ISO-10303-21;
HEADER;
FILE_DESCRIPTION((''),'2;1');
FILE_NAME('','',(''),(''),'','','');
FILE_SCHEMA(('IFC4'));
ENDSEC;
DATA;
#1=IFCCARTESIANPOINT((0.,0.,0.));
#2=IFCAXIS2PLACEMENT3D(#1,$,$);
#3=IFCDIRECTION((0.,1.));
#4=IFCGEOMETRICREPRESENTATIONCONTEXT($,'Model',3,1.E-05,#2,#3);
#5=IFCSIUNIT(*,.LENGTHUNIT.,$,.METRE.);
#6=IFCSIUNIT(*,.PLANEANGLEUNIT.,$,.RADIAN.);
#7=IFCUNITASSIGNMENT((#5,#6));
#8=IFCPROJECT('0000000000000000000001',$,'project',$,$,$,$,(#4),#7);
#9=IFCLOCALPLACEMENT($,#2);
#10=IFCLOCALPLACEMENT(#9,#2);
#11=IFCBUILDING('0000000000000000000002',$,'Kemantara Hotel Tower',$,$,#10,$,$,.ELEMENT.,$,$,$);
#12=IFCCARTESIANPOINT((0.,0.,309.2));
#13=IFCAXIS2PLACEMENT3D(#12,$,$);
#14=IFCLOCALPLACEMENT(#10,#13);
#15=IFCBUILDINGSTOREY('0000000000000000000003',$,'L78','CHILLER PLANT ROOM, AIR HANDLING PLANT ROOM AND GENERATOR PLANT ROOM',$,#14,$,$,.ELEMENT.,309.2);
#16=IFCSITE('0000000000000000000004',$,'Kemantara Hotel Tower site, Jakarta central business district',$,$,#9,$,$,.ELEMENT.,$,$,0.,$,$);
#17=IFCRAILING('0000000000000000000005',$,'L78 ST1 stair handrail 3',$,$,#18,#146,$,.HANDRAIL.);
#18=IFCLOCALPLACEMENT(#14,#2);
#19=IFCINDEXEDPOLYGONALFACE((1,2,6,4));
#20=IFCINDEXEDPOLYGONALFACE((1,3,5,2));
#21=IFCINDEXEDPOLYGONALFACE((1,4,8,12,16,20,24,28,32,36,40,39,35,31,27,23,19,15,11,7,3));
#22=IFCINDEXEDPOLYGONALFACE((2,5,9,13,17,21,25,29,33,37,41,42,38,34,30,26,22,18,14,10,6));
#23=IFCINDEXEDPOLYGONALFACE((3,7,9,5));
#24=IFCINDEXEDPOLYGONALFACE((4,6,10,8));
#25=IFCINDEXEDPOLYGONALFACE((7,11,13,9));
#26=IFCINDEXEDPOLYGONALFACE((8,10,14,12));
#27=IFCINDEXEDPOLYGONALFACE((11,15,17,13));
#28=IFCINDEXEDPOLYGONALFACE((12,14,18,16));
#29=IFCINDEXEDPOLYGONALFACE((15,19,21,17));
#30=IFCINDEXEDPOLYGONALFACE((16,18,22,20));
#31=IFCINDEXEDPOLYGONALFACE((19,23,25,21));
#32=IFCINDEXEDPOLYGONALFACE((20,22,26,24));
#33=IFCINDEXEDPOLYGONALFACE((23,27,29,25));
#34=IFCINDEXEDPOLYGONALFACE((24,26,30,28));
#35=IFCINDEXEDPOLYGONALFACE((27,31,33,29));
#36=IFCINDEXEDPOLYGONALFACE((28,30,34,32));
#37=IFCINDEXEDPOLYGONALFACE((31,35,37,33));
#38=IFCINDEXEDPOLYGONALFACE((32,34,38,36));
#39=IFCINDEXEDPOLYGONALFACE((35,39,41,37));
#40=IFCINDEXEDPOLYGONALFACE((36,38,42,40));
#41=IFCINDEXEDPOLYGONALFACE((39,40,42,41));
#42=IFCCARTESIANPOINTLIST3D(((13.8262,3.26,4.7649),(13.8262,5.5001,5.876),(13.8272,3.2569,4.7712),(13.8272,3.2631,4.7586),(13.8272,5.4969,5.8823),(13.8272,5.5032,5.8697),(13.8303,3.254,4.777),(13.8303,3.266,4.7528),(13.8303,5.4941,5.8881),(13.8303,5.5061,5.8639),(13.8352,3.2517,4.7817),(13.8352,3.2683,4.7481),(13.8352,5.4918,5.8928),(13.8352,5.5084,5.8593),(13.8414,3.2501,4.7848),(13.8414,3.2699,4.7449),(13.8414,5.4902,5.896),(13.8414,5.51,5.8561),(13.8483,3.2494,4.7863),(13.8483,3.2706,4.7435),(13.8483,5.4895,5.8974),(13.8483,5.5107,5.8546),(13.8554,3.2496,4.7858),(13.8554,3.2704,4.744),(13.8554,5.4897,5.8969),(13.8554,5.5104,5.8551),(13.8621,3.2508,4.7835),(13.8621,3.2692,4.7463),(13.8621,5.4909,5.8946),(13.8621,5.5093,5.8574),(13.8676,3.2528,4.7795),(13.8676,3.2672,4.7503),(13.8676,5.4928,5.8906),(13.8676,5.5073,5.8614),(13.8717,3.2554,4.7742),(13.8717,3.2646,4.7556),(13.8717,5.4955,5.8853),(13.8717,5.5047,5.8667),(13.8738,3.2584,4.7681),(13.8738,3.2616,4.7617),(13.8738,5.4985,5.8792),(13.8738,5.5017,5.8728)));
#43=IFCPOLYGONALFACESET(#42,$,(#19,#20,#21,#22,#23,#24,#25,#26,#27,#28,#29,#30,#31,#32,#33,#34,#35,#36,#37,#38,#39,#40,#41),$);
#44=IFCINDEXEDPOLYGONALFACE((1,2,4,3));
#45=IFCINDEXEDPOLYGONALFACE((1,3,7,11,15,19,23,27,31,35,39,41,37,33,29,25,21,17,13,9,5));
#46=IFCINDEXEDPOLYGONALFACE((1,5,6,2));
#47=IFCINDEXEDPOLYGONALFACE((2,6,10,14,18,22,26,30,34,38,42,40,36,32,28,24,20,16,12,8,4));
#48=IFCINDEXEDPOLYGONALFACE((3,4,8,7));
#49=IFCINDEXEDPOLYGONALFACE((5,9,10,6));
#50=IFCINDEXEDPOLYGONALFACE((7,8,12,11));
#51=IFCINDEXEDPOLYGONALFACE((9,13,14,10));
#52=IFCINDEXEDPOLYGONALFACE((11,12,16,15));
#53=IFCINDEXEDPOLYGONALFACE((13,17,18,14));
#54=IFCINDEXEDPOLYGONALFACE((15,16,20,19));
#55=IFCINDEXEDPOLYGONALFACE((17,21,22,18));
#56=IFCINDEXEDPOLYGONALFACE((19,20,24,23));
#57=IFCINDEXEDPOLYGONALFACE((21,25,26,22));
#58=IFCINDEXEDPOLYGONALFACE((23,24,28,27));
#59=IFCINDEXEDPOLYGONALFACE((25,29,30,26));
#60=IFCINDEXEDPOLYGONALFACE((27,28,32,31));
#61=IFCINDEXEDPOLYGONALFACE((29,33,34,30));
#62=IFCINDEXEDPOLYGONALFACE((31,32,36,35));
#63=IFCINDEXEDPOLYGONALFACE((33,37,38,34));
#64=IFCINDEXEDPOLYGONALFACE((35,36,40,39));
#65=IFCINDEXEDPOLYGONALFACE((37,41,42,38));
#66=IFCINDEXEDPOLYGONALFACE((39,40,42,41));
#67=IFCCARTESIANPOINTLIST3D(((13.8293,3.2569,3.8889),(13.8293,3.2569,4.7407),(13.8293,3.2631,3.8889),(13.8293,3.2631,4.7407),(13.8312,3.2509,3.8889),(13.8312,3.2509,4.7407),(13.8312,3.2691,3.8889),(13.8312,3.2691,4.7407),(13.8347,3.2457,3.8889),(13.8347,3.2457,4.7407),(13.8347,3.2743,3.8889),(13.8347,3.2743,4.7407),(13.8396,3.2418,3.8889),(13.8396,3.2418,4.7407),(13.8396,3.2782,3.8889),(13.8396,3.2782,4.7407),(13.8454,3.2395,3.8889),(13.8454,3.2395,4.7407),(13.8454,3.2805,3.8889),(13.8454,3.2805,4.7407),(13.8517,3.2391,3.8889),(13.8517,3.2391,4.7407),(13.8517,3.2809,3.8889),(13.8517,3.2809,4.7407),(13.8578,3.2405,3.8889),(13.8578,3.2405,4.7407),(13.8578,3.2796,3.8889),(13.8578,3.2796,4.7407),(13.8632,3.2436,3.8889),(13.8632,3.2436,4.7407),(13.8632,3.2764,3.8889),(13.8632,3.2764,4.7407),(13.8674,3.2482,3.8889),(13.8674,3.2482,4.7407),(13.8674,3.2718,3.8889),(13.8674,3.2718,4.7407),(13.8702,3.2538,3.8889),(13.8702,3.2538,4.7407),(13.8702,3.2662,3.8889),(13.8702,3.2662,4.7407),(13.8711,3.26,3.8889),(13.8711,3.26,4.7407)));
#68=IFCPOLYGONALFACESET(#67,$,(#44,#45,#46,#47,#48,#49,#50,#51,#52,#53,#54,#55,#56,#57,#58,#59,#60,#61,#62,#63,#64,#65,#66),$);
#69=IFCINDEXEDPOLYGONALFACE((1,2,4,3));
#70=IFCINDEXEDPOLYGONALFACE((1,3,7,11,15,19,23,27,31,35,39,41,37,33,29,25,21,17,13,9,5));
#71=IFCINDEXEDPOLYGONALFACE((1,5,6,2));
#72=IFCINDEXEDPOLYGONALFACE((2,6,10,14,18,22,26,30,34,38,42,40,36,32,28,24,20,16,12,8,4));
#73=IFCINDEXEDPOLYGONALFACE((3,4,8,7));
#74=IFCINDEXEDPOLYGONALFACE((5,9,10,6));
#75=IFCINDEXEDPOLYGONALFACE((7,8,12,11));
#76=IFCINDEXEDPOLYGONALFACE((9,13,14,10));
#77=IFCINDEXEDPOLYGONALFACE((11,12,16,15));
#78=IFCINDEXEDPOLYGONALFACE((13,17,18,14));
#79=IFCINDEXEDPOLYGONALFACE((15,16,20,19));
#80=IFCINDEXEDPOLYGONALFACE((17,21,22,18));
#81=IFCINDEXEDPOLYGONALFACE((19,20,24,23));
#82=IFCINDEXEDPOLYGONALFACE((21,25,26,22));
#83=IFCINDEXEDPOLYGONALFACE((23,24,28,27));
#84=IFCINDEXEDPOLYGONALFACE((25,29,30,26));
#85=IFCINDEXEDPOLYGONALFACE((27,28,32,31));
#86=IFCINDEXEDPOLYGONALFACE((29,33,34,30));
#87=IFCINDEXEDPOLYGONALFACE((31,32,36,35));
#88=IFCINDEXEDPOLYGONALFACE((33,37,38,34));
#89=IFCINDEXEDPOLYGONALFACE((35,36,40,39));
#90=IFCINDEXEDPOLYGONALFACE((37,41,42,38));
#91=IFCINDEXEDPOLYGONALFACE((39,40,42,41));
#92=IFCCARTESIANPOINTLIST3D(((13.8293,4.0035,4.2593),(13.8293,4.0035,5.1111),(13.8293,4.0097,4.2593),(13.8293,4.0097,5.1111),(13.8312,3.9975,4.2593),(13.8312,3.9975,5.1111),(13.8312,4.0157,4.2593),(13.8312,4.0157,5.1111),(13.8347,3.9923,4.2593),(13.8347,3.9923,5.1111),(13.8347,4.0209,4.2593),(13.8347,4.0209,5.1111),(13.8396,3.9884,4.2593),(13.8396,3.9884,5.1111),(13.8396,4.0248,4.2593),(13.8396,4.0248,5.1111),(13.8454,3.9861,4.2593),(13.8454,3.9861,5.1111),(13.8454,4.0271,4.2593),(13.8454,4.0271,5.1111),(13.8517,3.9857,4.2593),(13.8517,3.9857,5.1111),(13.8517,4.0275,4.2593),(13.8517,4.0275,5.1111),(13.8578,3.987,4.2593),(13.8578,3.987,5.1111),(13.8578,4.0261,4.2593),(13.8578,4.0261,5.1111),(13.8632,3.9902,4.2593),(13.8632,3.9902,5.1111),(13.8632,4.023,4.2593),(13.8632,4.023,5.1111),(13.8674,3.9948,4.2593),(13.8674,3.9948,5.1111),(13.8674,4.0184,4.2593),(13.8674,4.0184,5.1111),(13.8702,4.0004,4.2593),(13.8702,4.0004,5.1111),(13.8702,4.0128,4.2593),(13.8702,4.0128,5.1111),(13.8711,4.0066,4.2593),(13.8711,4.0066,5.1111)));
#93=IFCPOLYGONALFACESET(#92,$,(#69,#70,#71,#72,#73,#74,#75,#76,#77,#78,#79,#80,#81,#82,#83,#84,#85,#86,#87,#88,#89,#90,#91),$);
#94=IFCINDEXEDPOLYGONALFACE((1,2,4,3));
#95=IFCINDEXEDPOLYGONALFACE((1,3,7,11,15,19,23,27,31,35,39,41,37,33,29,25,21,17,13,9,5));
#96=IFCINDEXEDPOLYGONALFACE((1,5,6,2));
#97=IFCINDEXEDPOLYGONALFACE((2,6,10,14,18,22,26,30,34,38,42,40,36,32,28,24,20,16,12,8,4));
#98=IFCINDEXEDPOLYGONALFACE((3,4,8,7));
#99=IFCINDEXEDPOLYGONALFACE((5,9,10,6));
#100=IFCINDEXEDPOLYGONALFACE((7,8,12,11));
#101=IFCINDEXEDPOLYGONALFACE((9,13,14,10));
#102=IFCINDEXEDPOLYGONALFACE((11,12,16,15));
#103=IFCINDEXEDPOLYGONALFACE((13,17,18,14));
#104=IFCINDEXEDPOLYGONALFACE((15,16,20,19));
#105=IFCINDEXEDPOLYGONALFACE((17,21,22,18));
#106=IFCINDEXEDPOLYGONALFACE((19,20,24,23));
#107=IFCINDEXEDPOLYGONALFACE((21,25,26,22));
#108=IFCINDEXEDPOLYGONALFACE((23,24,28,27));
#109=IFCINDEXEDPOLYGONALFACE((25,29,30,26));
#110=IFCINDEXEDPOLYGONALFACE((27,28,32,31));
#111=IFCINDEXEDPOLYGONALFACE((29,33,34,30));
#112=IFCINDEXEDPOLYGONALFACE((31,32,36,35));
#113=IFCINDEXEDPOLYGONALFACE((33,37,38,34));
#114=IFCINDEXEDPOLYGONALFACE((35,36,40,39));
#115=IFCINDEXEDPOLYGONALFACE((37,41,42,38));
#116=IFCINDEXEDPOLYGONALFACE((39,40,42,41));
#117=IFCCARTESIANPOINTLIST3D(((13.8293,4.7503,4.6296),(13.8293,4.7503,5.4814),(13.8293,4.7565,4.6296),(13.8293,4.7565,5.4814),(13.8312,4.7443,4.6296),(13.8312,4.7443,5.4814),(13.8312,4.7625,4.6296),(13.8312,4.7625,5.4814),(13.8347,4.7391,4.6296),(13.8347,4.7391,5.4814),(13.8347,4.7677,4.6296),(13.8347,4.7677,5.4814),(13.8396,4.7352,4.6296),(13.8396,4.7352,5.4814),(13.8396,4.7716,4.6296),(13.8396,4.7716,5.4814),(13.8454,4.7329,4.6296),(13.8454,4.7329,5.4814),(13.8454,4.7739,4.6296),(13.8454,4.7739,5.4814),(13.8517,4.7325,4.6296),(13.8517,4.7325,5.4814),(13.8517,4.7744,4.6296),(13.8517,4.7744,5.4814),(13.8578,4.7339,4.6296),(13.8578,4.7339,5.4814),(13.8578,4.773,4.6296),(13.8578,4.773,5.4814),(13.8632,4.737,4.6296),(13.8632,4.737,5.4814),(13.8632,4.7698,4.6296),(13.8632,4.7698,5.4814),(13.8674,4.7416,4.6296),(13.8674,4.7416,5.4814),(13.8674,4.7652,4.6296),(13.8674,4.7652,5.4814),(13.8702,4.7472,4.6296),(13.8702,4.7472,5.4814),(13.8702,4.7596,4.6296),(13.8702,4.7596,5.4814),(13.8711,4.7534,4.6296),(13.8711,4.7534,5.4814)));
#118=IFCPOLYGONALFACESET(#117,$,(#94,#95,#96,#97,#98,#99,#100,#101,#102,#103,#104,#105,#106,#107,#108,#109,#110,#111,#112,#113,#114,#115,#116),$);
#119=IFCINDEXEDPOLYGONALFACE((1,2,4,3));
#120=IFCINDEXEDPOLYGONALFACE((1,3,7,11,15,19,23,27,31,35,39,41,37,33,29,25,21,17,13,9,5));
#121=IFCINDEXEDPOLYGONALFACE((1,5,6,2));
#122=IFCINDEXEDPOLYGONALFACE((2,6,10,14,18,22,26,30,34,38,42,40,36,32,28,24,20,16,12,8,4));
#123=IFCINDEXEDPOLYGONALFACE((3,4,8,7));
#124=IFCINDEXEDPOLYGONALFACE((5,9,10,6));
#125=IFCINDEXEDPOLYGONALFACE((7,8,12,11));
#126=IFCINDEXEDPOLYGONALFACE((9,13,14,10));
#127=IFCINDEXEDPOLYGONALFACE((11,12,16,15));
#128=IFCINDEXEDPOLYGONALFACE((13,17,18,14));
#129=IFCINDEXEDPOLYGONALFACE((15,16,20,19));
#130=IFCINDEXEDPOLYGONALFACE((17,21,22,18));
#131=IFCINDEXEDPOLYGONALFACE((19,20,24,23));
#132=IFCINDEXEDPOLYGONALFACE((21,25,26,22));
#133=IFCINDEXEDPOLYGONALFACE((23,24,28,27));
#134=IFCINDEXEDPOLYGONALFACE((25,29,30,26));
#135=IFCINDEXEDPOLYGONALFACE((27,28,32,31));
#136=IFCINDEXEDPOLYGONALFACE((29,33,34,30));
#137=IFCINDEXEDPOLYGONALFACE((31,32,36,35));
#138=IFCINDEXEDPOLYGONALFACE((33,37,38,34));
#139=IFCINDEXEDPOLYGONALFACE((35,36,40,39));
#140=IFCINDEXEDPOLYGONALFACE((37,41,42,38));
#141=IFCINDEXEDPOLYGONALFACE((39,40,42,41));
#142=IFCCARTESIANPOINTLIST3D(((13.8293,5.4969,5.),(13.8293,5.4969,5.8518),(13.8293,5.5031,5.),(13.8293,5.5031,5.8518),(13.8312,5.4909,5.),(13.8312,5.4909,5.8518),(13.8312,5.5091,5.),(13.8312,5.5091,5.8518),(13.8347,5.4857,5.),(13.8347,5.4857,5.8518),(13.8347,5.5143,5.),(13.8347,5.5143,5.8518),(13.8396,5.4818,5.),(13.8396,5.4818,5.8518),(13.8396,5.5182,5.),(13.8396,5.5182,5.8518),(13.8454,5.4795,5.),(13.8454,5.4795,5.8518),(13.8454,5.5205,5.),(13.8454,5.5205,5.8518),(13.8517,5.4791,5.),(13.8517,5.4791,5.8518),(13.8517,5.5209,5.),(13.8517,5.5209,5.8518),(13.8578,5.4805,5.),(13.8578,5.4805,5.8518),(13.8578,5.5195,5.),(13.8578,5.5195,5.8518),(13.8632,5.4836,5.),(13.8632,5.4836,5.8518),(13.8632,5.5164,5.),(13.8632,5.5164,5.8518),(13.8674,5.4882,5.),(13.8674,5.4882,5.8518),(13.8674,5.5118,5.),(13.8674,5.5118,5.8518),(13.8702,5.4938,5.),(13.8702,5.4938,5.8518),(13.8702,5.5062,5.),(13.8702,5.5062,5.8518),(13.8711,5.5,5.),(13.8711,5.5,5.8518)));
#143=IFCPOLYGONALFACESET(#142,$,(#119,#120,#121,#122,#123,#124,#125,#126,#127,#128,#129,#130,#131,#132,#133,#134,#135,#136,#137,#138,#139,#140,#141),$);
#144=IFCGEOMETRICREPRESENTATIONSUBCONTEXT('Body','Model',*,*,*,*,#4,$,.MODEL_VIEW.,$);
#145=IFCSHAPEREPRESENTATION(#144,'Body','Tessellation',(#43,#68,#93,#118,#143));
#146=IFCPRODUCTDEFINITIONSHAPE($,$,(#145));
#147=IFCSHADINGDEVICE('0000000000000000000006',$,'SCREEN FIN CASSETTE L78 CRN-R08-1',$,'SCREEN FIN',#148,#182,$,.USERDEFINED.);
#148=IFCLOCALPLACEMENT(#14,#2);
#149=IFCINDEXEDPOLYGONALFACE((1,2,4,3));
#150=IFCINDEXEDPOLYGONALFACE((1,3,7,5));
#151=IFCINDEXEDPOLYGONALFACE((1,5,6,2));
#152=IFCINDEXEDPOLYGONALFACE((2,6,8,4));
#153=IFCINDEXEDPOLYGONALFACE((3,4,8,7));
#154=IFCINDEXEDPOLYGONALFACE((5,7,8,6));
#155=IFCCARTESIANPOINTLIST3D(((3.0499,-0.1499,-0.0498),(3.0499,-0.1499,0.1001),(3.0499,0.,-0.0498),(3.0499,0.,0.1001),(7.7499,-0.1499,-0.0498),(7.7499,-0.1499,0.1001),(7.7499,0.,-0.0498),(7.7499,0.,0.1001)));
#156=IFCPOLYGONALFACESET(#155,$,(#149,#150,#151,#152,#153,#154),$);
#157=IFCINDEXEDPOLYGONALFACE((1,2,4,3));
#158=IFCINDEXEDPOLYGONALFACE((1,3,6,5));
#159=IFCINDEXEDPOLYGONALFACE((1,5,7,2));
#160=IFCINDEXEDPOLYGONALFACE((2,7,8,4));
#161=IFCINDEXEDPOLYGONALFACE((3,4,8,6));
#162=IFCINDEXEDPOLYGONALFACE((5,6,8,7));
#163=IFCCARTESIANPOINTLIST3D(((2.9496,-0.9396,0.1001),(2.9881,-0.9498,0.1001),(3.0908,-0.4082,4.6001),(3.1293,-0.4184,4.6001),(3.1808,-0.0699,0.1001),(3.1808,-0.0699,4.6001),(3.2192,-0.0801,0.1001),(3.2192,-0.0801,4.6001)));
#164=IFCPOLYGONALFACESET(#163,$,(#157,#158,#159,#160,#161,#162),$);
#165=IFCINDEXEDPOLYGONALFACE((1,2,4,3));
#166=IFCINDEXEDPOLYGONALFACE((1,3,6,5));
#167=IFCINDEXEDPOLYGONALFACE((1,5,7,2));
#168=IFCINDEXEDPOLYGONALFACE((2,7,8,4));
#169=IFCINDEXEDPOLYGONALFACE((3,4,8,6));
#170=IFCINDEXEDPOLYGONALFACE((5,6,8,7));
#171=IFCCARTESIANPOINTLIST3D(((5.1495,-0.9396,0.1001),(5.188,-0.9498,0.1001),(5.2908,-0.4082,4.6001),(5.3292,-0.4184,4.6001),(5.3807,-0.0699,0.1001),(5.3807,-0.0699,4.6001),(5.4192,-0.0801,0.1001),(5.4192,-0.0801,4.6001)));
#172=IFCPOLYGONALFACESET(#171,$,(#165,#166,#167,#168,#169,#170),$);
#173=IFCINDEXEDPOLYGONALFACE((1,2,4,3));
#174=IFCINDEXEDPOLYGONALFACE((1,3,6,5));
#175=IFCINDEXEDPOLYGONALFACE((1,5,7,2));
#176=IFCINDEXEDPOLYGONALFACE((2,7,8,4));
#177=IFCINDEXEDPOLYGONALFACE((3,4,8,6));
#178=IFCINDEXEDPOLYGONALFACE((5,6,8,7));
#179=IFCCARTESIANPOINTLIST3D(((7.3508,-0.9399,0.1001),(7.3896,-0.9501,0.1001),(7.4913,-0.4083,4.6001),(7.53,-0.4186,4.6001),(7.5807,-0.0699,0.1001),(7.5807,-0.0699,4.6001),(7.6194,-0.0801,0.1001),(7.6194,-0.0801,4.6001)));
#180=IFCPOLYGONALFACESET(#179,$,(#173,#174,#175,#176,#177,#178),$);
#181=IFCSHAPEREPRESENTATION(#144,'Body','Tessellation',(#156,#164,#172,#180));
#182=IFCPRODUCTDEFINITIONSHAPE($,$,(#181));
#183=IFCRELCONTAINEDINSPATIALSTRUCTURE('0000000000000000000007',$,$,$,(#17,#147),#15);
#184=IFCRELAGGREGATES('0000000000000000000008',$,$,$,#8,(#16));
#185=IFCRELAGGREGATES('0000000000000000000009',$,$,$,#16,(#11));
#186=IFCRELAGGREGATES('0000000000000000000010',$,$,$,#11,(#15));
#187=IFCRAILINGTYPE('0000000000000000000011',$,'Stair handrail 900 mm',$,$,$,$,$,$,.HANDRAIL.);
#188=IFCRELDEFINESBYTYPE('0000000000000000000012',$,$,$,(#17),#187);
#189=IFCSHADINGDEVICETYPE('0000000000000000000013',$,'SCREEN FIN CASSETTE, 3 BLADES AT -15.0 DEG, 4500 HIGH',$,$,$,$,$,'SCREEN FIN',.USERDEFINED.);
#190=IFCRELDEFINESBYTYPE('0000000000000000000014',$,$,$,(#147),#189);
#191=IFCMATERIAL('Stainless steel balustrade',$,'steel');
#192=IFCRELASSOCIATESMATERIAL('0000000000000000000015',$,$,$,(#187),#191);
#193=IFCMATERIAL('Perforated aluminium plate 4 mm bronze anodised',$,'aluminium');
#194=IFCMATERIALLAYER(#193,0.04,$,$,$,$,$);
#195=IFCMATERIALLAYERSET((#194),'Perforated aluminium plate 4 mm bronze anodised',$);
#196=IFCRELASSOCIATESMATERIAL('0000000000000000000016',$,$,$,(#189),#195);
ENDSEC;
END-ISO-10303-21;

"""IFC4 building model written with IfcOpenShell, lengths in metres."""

from ifc_helpers import new_model, si_unit, direction, frame, origin, origin_2d, place, context, subcontext, project, spatial, polyline, rectangle, circle, outline, extrude, source, transform, mapped, material, layer, layer_set, type_object, element, save


model = new_model("IFC4")

# Units and contexts
model_context = context("Model", 3, precision=1e-05, world=origin(), true_north=direction((0.0, 1.0)))
body_context = subcontext(model_context, "Body", "Model", "MODEL_VIEW")
ifc_project = project(units=[si_unit("LENGTHUNIT", "METRE"), si_unit("PLANEANGLEUNIT", "RADIAN")], contexts=[model_context])

# Site, building, storey
site_placement = place(None, origin())
site = spatial("IfcSite", under=ifc_project, at=site_placement, Name="Kemantara Hotel Tower site, Jakarta central business district", CompositionType="ELEMENT", RefElevation=0.0)
building_placement = place(site_placement, origin())
building = spatial("IfcBuilding", under=site, at=building_placement, Name="Kemantara Hotel Tower", CompositionType="ELEMENT")
storey_placement = place(building_placement, frame((0.0, 0.0, 309.2)))
storey = spatial("IfcBuildingStorey", under=building, at=storey_placement, Name="L78", Description="CHILLER PLANT ROOM, AIR HANDLING PLANT ROOM AND GENERATOR PLANT ROOM", CompositionType="ELEMENT", Elevation=309.2)

# Railing
ifc_material_1 = material(Name="Stainless steel balustrade", Category="steel")
railing_type = type_object("IfcRailingType", Name="Stair handrail 900 mm", PredefinedType="HANDRAIL", material=ifc_material_1)
railing_1_placement = place(storey_placement, frame((13.8501, 3.26, 3.8889)))
element("IfcRailing", 1, at=railing_1_placement, inside=storey, type_object=railing_type, Name="L78 ST1 stair handrail 3", PredefinedType="HANDRAIL", context=body_context, shape_type="SweptSolid", body=[
    extrude(circle(Radius=0.0239, at=origin_2d()), frame((0.0, 0.0, 0.876), z_axis=(0.0, 0.895848, 0.44436), x_axis=(-1.0, 0.0, 0.0)), (0.0, 0.0, 1.0), 2.5005),
    extrude(circle(Radius=0.021, at=origin_2d()), origin(), (0.0, 0.0, 1.0), 0.8518),
    extrude(circle(Radius=0.021, at=origin_2d()), frame((0.0, 0.7466, 0.3704)), (0.0, 0.0, 1.0), 0.8518),
    extrude(circle(Radius=0.021, at=origin_2d()), frame((0.0, 1.4934, 0.7407)), (0.0, 0.0, 1.0), 0.8518),
    extrude(circle(Radius=0.021, at=origin_2d()), frame((0.0, 2.24, 1.1111)), (0.0, 0.0, 1.0), 0.8518),
])

# Shading device
ifc_material_2 = material(Name="Perforated aluminium plate 4 mm bronze anodised", Category="aluminium")
ifc_layer_1 = layer(ifc_material_2, 0.04)
ifc_layer_set_1 = layer_set([ifc_layer_1], Name="Perforated aluminium plate 4 mm bronze anodised")
shading_device_type_1 = type_object("IfcShadingDeviceType", Name="SCREEN FIN CASSETTE, 3 BLADES AT -15.0 DEG, 4500 HIGH", ElementType="SCREEN FIN", PredefinedType="USERDEFINED", material=ifc_layer_set_1)
shared_shape_1 = source(origin(), body_context, "Body", "SweptSolid", [
    extrude(rectangle(XDim=4.7, YDim=0.1499, at=origin_2d()), frame((2.2, -0.075, -0.1499), z_axis=(0.0, 0.0, 1.0), x_axis=(1.0, 0.0, 0.0)), (0.0, 0.0, 1.0), 0.1499),
    extrude(outline(polyline([(0.0, 0.0), (0.8999, 0.0), (0.3501, 4.5), (0.0, 4.5), (0.0, 0.0)])), frame((0.0193, -0.0801, 0.0), z_axis=(-0.966438, 0.256901, 0.0), x_axis=(-0.256901, -0.966438, 0.0)), (0.0, 0.0, 1.0), 0.0398),
    extrude(outline(polyline([(0.0, 0.0), (0.8999, 0.0), (0.3501, 4.5), (0.0, 4.5), (0.0, 0.0)])), frame((2.2192, -0.0801, 0.0), z_axis=(-0.966438, 0.256901, 0.0), x_axis=(-0.256901, -0.966438, 0.0)), (0.0, 0.0, 1.0), 0.0398),
    extrude(outline(polyline([(0.0, 0.0), (0.8999, 0.0), (0.3501, 4.5), (0.0, 4.5), (0.0, 0.0)])), frame((4.4194, -0.0801, 0.0), z_axis=(-0.966838, 0.255391, 0.0), x_axis=(-0.255391, -0.966838, 0.0)), (0.0, 0.0, 1.0), 0.04),
])
shading_device_1_placement = place(storey_placement, frame((3.2, 0.0, 0.1001), z_axis=(0.0, 0.0, 1.0), x_axis=(1.0, 0.0, 0.0)))
element("IfcShadingDevice", 2, at=shading_device_1_placement, inside=storey, type_object=shading_device_type_1, Name="SCREEN FIN CASSETTE L78 CRN-R08-1", ObjectType="SCREEN FIN", PredefinedType="USERDEFINED", context=body_context, shape_type="MappedRepresentation", body=[
    mapped(shared_shape_1, transform((0.0, 0.0, 0.0))),
])

save(model, "model.ifc")
